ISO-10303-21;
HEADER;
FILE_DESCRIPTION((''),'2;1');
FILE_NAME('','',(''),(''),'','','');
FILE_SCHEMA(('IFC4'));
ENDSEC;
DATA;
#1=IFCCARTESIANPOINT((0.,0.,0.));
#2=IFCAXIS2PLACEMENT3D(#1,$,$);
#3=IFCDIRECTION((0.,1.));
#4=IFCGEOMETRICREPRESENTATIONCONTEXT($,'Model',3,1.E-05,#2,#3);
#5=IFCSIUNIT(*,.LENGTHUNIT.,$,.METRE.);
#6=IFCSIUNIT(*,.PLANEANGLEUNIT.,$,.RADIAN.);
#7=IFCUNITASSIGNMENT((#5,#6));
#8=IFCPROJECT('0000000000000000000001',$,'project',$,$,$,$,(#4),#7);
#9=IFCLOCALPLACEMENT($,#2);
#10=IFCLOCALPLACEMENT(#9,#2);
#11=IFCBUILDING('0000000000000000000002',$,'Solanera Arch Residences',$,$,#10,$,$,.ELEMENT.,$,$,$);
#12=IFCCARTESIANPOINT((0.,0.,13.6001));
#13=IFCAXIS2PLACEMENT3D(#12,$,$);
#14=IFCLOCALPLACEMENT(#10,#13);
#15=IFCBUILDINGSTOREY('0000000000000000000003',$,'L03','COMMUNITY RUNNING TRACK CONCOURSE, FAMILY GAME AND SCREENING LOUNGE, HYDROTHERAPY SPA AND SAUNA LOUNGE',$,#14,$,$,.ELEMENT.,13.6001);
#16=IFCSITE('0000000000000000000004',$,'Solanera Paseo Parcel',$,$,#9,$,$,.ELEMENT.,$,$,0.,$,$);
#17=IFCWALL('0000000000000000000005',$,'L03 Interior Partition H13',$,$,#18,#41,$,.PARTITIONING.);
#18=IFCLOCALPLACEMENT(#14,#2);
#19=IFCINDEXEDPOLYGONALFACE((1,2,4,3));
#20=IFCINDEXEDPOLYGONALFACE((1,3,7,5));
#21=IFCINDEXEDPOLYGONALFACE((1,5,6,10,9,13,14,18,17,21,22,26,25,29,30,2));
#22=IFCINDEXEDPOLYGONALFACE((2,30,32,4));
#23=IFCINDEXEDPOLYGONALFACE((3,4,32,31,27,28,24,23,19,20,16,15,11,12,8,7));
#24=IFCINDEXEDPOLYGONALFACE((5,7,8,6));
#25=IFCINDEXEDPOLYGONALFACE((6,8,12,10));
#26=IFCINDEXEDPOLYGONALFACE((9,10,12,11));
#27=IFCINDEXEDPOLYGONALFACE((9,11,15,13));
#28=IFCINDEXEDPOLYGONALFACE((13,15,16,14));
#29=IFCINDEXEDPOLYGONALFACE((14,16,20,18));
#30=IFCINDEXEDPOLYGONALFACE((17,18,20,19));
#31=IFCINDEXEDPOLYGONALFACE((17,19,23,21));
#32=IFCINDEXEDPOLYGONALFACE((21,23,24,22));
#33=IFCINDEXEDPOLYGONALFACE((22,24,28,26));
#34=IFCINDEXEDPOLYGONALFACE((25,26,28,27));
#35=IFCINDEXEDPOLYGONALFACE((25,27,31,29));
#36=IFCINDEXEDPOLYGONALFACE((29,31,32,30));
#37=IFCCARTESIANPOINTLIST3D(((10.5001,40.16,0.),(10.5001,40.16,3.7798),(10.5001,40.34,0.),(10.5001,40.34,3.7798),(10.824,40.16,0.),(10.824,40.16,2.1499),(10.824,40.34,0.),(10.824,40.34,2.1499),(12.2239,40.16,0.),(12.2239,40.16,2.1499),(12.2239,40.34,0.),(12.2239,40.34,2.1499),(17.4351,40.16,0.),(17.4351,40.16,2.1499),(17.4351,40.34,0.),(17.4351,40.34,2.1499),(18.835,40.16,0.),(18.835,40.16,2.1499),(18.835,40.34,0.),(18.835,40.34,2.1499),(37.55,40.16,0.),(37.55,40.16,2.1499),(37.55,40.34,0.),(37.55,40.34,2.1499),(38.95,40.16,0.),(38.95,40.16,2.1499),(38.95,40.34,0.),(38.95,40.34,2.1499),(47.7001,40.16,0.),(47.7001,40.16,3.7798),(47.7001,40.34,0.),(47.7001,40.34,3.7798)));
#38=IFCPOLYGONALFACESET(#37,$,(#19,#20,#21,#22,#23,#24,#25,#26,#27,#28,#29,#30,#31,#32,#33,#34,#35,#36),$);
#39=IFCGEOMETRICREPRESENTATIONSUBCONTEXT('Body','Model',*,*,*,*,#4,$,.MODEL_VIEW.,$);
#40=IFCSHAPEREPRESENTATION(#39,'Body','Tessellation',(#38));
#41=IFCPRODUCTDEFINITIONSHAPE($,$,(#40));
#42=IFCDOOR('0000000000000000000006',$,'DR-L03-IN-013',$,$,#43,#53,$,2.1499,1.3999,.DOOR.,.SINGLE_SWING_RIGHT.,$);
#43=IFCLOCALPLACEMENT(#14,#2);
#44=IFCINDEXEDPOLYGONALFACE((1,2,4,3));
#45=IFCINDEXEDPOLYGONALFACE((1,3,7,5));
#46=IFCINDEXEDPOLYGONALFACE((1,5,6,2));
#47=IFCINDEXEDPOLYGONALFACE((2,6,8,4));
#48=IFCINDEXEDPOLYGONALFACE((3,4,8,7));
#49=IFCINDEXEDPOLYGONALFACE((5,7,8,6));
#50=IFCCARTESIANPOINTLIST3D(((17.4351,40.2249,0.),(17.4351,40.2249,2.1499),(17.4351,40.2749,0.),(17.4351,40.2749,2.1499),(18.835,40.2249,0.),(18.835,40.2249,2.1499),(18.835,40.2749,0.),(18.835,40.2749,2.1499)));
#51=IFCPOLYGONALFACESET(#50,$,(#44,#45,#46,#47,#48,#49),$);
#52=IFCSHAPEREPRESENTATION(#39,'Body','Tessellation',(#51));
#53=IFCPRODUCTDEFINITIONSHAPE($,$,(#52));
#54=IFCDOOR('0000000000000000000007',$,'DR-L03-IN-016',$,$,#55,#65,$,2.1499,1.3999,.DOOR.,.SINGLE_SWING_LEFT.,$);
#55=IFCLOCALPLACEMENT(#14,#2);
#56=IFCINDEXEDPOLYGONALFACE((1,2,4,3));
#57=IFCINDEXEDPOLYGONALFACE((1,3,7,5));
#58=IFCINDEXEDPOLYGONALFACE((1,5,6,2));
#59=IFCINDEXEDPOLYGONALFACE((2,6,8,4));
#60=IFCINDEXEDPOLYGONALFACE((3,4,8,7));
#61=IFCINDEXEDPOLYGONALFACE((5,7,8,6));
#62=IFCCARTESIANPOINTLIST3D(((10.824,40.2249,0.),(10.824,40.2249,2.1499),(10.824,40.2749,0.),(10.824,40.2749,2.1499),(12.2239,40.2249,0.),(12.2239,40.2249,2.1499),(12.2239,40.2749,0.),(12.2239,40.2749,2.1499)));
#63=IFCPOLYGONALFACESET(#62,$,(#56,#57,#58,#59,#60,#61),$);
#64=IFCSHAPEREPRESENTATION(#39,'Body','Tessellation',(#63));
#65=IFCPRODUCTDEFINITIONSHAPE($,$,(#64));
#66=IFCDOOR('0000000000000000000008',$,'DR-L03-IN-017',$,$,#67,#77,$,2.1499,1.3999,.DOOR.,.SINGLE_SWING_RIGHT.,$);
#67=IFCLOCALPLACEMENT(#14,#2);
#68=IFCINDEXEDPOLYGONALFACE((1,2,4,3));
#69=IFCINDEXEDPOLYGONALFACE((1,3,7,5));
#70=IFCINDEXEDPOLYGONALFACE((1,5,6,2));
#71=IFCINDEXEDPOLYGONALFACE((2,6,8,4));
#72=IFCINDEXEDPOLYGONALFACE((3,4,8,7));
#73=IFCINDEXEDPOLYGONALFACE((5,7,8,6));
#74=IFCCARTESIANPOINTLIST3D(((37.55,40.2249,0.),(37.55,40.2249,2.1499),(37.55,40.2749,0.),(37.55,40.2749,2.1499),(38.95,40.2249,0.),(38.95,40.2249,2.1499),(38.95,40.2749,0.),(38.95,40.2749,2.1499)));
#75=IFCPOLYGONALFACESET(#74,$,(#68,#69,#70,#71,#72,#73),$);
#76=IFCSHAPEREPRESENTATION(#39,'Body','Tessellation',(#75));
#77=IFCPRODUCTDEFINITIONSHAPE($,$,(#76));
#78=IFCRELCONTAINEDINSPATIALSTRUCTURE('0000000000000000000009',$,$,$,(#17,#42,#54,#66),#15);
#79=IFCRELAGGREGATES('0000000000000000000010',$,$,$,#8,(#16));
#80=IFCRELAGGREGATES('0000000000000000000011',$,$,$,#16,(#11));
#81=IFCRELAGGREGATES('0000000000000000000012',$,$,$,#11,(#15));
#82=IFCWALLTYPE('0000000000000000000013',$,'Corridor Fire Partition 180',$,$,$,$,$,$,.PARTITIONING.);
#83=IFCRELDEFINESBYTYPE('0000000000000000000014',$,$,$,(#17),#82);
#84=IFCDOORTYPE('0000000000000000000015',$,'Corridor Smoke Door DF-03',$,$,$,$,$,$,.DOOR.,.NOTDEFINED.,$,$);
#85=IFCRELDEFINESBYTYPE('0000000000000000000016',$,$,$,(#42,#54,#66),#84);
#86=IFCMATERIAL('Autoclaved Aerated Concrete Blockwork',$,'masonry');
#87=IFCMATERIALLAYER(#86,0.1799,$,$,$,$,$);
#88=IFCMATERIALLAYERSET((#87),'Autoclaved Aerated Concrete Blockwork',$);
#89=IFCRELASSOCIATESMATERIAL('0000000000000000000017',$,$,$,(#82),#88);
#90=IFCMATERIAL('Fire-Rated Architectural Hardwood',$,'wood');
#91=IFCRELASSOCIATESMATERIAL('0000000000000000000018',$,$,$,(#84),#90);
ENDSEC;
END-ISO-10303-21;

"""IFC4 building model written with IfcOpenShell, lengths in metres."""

from ifc_helpers import new_model, si_unit, direction, frame, frame_2d, origin, place, context, subcontext, project, spatial, rectangle, extrude, material, layer, layer_set, type_object, element, fill, save


model = new_model("IFC4")

# Units and contexts
model_context = context("Model", 3, precision=1e-05, world=origin(), true_north=direction((0.0, 1.0)))
body_context = subcontext(model_context, "Body", "Model", "MODEL_VIEW")
ifc_project = project(units=[si_unit("LENGTHUNIT", "METRE"), si_unit("PLANEANGLEUNIT", "RADIAN")], contexts=[model_context])

# Site, building, storey
site_placement = place(None, origin())
site = spatial("IfcSite", under=ifc_project, at=site_placement, Name="Solanera Paseo Parcel", CompositionType="ELEMENT", RefElevation=0.0)
building_placement = place(site_placement, origin())
building = spatial("IfcBuilding", under=site, at=building_placement, Name="Solanera Arch Residences", CompositionType="ELEMENT")
storey_placement = place(building_placement, frame((0.0, 0.0, 13.6001)))
storey = spatial("IfcBuildingStorey", under=building, at=storey_placement, Name="L03", Description="COMMUNITY RUNNING TRACK CONCOURSE, FAMILY GAME AND SCREENING LOUNGE, HYDROTHERAPY SPA AND SAUNA LOUNGE", CompositionType="ELEMENT", Elevation=13.6001)

# Wall, openings, doors
ifc_material_1 = material(Name="Autoclaved Aerated Concrete Blockwork", Category="masonry")
ifc_layer_1 = layer(ifc_material_1, 0.1799)
ifc_layer_set_1 = layer_set([ifc_layer_1], Name="Autoclaved Aerated Concrete Blockwork")
wall_type_1 = type_object("IfcWallType", Name="Corridor Fire Partition 180", PredefinedType="PARTITIONING", material=ifc_layer_set_1)
wall_1_placement = place(storey_placement, frame((10.5, 40.25, 0.0), z_axis=(0.0, 0.0, 1.0), x_axis=(1.0, 0.0, 0.0)))
wall_1 = element("IfcWall", 1, at=wall_1_placement, inside=storey, type_object=wall_type_1, Name="L03 Interior Partition H13", PredefinedType="PARTITIONING", context=body_context, shape_type="SweptSolid", body=[
    extrude(rectangle(XDim=37.2, YDim=0.1799, at=frame_2d((18.6001, 0.0))), origin(), (0.0, 0.0, 1.0), 3.7798),
])
opening_1_placement = place(wall_1_placement, frame((6.9351, 0.0, 0.0)))
opening_1 = element("IfcOpeningElement", 2, at=opening_1_placement, cuts=wall_1, PredefinedType="OPENING", context=body_context, shape_type="SweptSolid", body=[
    extrude(rectangle(XDim=1.3999, YDim=2.1499, at=frame_2d((0.7, 1.075))), frame((0.0, 0.1001, 0.0), z_axis=(0.0, -1.0, 0.0), x_axis=(1.0, 0.0, 0.0)), (0.0, 0.0, 1.0), 0.1999),
])
opening_2_placement = place(wall_1_placement, frame((0.324, 0.0, 0.0)))
opening_2 = element("IfcOpeningElement", 3, at=opening_2_placement, cuts=wall_1, PredefinedType="OPENING", context=body_context, shape_type="SweptSolid", body=[
    extrude(rectangle(XDim=1.3999, YDim=2.1499, at=frame_2d((0.7, 1.075))), frame((0.0, 0.1001, 0.0), z_axis=(0.0, -1.0, 0.0), x_axis=(1.0, 0.0, 0.0)), (0.0, 0.0, 1.0), 0.1999),
])
opening_3_placement = place(wall_1_placement, frame((27.05, 0.0, 0.0)))
opening_3 = element("IfcOpeningElement", 4, at=opening_3_placement, cuts=wall_1, PredefinedType="OPENING", context=body_context, shape_type="SweptSolid", body=[
    extrude(rectangle(XDim=1.3999, YDim=2.1499, at=frame_2d((0.7, 1.075))), frame((0.0, 0.1001, 0.0), z_axis=(0.0, -1.0, 0.0), x_axis=(1.0, 0.0, 0.0)), (0.0, 0.0, 1.0), 0.1999),
])
ifc_material_2 = material(Name="Fire-Rated Architectural Hardwood", Category="wood")
door_type_1 = type_object("IfcDoorType", Name="Corridor Smoke Door DF-03", OperationType="NOTDEFINED", PredefinedType="DOOR", material=ifc_material_2)
door_1_placement = place(opening_1_placement, origin())
door_1 = element("IfcDoor", 5, at=door_1_placement, inside=storey, type_object=door_type_1, Name="DR-L03-IN-013", OperationType="SINGLE_SWING_RIGHT", OverallHeight=2.1499, OverallWidth=1.3999, PredefinedType="DOOR", context=body_context, shape_type="SweptSolid", body=[
    extrude(rectangle(XDim=1.3999, YDim=2.1499, at=frame_2d((0.7, 1.075))), frame((0.0, 0.0249, 0.0), z_axis=(0.0, -1.0, 0.0), x_axis=(1.0, 0.0, 0.0)), (0.0, 0.0, 1.0), 0.05),
])
fill(opening_1, door_1)
door_2_placement = place(opening_2_placement, origin())
door_2 = element("IfcDoor", 6, at=door_2_placement, inside=storey, type_object=door_type_1, Name="DR-L03-IN-016", OperationType="SINGLE_SWING_LEFT", OverallHeight=2.1499, OverallWidth=1.3999, PredefinedType="DOOR", context=body_context, shape_type="SweptSolid", body=[
    extrude(rectangle(XDim=1.3999, YDim=2.1499, at=frame_2d((0.7, 1.075))), frame((0.0, 0.0249, 0.0), z_axis=(0.0, -1.0, 0.0), x_axis=(1.0, 0.0, 0.0)), (0.0, 0.0, 1.0), 0.05),
])
fill(opening_2, door_2)
door_3_placement = place(opening_3_placement, origin())
door_3 = element("IfcDoor", 7, at=door_3_placement, inside=storey, type_object=door_type_1, Name="DR-L03-IN-017", OperationType="SINGLE_SWING_RIGHT", OverallHeight=2.1499, OverallWidth=1.3999, PredefinedType="DOOR", context=body_context, shape_type="SweptSolid", body=[
    extrude(rectangle(XDim=1.3999, YDim=2.1499, at=frame_2d((0.7, 1.075))), frame((0.0, 0.0249, 0.0), z_axis=(0.0, -1.0, 0.0), x_axis=(1.0, 0.0, 0.0)), (0.0, 0.0, 1.0), 0.05),
])
fill(opening_3, door_3)

save(model, "model.ifc")
